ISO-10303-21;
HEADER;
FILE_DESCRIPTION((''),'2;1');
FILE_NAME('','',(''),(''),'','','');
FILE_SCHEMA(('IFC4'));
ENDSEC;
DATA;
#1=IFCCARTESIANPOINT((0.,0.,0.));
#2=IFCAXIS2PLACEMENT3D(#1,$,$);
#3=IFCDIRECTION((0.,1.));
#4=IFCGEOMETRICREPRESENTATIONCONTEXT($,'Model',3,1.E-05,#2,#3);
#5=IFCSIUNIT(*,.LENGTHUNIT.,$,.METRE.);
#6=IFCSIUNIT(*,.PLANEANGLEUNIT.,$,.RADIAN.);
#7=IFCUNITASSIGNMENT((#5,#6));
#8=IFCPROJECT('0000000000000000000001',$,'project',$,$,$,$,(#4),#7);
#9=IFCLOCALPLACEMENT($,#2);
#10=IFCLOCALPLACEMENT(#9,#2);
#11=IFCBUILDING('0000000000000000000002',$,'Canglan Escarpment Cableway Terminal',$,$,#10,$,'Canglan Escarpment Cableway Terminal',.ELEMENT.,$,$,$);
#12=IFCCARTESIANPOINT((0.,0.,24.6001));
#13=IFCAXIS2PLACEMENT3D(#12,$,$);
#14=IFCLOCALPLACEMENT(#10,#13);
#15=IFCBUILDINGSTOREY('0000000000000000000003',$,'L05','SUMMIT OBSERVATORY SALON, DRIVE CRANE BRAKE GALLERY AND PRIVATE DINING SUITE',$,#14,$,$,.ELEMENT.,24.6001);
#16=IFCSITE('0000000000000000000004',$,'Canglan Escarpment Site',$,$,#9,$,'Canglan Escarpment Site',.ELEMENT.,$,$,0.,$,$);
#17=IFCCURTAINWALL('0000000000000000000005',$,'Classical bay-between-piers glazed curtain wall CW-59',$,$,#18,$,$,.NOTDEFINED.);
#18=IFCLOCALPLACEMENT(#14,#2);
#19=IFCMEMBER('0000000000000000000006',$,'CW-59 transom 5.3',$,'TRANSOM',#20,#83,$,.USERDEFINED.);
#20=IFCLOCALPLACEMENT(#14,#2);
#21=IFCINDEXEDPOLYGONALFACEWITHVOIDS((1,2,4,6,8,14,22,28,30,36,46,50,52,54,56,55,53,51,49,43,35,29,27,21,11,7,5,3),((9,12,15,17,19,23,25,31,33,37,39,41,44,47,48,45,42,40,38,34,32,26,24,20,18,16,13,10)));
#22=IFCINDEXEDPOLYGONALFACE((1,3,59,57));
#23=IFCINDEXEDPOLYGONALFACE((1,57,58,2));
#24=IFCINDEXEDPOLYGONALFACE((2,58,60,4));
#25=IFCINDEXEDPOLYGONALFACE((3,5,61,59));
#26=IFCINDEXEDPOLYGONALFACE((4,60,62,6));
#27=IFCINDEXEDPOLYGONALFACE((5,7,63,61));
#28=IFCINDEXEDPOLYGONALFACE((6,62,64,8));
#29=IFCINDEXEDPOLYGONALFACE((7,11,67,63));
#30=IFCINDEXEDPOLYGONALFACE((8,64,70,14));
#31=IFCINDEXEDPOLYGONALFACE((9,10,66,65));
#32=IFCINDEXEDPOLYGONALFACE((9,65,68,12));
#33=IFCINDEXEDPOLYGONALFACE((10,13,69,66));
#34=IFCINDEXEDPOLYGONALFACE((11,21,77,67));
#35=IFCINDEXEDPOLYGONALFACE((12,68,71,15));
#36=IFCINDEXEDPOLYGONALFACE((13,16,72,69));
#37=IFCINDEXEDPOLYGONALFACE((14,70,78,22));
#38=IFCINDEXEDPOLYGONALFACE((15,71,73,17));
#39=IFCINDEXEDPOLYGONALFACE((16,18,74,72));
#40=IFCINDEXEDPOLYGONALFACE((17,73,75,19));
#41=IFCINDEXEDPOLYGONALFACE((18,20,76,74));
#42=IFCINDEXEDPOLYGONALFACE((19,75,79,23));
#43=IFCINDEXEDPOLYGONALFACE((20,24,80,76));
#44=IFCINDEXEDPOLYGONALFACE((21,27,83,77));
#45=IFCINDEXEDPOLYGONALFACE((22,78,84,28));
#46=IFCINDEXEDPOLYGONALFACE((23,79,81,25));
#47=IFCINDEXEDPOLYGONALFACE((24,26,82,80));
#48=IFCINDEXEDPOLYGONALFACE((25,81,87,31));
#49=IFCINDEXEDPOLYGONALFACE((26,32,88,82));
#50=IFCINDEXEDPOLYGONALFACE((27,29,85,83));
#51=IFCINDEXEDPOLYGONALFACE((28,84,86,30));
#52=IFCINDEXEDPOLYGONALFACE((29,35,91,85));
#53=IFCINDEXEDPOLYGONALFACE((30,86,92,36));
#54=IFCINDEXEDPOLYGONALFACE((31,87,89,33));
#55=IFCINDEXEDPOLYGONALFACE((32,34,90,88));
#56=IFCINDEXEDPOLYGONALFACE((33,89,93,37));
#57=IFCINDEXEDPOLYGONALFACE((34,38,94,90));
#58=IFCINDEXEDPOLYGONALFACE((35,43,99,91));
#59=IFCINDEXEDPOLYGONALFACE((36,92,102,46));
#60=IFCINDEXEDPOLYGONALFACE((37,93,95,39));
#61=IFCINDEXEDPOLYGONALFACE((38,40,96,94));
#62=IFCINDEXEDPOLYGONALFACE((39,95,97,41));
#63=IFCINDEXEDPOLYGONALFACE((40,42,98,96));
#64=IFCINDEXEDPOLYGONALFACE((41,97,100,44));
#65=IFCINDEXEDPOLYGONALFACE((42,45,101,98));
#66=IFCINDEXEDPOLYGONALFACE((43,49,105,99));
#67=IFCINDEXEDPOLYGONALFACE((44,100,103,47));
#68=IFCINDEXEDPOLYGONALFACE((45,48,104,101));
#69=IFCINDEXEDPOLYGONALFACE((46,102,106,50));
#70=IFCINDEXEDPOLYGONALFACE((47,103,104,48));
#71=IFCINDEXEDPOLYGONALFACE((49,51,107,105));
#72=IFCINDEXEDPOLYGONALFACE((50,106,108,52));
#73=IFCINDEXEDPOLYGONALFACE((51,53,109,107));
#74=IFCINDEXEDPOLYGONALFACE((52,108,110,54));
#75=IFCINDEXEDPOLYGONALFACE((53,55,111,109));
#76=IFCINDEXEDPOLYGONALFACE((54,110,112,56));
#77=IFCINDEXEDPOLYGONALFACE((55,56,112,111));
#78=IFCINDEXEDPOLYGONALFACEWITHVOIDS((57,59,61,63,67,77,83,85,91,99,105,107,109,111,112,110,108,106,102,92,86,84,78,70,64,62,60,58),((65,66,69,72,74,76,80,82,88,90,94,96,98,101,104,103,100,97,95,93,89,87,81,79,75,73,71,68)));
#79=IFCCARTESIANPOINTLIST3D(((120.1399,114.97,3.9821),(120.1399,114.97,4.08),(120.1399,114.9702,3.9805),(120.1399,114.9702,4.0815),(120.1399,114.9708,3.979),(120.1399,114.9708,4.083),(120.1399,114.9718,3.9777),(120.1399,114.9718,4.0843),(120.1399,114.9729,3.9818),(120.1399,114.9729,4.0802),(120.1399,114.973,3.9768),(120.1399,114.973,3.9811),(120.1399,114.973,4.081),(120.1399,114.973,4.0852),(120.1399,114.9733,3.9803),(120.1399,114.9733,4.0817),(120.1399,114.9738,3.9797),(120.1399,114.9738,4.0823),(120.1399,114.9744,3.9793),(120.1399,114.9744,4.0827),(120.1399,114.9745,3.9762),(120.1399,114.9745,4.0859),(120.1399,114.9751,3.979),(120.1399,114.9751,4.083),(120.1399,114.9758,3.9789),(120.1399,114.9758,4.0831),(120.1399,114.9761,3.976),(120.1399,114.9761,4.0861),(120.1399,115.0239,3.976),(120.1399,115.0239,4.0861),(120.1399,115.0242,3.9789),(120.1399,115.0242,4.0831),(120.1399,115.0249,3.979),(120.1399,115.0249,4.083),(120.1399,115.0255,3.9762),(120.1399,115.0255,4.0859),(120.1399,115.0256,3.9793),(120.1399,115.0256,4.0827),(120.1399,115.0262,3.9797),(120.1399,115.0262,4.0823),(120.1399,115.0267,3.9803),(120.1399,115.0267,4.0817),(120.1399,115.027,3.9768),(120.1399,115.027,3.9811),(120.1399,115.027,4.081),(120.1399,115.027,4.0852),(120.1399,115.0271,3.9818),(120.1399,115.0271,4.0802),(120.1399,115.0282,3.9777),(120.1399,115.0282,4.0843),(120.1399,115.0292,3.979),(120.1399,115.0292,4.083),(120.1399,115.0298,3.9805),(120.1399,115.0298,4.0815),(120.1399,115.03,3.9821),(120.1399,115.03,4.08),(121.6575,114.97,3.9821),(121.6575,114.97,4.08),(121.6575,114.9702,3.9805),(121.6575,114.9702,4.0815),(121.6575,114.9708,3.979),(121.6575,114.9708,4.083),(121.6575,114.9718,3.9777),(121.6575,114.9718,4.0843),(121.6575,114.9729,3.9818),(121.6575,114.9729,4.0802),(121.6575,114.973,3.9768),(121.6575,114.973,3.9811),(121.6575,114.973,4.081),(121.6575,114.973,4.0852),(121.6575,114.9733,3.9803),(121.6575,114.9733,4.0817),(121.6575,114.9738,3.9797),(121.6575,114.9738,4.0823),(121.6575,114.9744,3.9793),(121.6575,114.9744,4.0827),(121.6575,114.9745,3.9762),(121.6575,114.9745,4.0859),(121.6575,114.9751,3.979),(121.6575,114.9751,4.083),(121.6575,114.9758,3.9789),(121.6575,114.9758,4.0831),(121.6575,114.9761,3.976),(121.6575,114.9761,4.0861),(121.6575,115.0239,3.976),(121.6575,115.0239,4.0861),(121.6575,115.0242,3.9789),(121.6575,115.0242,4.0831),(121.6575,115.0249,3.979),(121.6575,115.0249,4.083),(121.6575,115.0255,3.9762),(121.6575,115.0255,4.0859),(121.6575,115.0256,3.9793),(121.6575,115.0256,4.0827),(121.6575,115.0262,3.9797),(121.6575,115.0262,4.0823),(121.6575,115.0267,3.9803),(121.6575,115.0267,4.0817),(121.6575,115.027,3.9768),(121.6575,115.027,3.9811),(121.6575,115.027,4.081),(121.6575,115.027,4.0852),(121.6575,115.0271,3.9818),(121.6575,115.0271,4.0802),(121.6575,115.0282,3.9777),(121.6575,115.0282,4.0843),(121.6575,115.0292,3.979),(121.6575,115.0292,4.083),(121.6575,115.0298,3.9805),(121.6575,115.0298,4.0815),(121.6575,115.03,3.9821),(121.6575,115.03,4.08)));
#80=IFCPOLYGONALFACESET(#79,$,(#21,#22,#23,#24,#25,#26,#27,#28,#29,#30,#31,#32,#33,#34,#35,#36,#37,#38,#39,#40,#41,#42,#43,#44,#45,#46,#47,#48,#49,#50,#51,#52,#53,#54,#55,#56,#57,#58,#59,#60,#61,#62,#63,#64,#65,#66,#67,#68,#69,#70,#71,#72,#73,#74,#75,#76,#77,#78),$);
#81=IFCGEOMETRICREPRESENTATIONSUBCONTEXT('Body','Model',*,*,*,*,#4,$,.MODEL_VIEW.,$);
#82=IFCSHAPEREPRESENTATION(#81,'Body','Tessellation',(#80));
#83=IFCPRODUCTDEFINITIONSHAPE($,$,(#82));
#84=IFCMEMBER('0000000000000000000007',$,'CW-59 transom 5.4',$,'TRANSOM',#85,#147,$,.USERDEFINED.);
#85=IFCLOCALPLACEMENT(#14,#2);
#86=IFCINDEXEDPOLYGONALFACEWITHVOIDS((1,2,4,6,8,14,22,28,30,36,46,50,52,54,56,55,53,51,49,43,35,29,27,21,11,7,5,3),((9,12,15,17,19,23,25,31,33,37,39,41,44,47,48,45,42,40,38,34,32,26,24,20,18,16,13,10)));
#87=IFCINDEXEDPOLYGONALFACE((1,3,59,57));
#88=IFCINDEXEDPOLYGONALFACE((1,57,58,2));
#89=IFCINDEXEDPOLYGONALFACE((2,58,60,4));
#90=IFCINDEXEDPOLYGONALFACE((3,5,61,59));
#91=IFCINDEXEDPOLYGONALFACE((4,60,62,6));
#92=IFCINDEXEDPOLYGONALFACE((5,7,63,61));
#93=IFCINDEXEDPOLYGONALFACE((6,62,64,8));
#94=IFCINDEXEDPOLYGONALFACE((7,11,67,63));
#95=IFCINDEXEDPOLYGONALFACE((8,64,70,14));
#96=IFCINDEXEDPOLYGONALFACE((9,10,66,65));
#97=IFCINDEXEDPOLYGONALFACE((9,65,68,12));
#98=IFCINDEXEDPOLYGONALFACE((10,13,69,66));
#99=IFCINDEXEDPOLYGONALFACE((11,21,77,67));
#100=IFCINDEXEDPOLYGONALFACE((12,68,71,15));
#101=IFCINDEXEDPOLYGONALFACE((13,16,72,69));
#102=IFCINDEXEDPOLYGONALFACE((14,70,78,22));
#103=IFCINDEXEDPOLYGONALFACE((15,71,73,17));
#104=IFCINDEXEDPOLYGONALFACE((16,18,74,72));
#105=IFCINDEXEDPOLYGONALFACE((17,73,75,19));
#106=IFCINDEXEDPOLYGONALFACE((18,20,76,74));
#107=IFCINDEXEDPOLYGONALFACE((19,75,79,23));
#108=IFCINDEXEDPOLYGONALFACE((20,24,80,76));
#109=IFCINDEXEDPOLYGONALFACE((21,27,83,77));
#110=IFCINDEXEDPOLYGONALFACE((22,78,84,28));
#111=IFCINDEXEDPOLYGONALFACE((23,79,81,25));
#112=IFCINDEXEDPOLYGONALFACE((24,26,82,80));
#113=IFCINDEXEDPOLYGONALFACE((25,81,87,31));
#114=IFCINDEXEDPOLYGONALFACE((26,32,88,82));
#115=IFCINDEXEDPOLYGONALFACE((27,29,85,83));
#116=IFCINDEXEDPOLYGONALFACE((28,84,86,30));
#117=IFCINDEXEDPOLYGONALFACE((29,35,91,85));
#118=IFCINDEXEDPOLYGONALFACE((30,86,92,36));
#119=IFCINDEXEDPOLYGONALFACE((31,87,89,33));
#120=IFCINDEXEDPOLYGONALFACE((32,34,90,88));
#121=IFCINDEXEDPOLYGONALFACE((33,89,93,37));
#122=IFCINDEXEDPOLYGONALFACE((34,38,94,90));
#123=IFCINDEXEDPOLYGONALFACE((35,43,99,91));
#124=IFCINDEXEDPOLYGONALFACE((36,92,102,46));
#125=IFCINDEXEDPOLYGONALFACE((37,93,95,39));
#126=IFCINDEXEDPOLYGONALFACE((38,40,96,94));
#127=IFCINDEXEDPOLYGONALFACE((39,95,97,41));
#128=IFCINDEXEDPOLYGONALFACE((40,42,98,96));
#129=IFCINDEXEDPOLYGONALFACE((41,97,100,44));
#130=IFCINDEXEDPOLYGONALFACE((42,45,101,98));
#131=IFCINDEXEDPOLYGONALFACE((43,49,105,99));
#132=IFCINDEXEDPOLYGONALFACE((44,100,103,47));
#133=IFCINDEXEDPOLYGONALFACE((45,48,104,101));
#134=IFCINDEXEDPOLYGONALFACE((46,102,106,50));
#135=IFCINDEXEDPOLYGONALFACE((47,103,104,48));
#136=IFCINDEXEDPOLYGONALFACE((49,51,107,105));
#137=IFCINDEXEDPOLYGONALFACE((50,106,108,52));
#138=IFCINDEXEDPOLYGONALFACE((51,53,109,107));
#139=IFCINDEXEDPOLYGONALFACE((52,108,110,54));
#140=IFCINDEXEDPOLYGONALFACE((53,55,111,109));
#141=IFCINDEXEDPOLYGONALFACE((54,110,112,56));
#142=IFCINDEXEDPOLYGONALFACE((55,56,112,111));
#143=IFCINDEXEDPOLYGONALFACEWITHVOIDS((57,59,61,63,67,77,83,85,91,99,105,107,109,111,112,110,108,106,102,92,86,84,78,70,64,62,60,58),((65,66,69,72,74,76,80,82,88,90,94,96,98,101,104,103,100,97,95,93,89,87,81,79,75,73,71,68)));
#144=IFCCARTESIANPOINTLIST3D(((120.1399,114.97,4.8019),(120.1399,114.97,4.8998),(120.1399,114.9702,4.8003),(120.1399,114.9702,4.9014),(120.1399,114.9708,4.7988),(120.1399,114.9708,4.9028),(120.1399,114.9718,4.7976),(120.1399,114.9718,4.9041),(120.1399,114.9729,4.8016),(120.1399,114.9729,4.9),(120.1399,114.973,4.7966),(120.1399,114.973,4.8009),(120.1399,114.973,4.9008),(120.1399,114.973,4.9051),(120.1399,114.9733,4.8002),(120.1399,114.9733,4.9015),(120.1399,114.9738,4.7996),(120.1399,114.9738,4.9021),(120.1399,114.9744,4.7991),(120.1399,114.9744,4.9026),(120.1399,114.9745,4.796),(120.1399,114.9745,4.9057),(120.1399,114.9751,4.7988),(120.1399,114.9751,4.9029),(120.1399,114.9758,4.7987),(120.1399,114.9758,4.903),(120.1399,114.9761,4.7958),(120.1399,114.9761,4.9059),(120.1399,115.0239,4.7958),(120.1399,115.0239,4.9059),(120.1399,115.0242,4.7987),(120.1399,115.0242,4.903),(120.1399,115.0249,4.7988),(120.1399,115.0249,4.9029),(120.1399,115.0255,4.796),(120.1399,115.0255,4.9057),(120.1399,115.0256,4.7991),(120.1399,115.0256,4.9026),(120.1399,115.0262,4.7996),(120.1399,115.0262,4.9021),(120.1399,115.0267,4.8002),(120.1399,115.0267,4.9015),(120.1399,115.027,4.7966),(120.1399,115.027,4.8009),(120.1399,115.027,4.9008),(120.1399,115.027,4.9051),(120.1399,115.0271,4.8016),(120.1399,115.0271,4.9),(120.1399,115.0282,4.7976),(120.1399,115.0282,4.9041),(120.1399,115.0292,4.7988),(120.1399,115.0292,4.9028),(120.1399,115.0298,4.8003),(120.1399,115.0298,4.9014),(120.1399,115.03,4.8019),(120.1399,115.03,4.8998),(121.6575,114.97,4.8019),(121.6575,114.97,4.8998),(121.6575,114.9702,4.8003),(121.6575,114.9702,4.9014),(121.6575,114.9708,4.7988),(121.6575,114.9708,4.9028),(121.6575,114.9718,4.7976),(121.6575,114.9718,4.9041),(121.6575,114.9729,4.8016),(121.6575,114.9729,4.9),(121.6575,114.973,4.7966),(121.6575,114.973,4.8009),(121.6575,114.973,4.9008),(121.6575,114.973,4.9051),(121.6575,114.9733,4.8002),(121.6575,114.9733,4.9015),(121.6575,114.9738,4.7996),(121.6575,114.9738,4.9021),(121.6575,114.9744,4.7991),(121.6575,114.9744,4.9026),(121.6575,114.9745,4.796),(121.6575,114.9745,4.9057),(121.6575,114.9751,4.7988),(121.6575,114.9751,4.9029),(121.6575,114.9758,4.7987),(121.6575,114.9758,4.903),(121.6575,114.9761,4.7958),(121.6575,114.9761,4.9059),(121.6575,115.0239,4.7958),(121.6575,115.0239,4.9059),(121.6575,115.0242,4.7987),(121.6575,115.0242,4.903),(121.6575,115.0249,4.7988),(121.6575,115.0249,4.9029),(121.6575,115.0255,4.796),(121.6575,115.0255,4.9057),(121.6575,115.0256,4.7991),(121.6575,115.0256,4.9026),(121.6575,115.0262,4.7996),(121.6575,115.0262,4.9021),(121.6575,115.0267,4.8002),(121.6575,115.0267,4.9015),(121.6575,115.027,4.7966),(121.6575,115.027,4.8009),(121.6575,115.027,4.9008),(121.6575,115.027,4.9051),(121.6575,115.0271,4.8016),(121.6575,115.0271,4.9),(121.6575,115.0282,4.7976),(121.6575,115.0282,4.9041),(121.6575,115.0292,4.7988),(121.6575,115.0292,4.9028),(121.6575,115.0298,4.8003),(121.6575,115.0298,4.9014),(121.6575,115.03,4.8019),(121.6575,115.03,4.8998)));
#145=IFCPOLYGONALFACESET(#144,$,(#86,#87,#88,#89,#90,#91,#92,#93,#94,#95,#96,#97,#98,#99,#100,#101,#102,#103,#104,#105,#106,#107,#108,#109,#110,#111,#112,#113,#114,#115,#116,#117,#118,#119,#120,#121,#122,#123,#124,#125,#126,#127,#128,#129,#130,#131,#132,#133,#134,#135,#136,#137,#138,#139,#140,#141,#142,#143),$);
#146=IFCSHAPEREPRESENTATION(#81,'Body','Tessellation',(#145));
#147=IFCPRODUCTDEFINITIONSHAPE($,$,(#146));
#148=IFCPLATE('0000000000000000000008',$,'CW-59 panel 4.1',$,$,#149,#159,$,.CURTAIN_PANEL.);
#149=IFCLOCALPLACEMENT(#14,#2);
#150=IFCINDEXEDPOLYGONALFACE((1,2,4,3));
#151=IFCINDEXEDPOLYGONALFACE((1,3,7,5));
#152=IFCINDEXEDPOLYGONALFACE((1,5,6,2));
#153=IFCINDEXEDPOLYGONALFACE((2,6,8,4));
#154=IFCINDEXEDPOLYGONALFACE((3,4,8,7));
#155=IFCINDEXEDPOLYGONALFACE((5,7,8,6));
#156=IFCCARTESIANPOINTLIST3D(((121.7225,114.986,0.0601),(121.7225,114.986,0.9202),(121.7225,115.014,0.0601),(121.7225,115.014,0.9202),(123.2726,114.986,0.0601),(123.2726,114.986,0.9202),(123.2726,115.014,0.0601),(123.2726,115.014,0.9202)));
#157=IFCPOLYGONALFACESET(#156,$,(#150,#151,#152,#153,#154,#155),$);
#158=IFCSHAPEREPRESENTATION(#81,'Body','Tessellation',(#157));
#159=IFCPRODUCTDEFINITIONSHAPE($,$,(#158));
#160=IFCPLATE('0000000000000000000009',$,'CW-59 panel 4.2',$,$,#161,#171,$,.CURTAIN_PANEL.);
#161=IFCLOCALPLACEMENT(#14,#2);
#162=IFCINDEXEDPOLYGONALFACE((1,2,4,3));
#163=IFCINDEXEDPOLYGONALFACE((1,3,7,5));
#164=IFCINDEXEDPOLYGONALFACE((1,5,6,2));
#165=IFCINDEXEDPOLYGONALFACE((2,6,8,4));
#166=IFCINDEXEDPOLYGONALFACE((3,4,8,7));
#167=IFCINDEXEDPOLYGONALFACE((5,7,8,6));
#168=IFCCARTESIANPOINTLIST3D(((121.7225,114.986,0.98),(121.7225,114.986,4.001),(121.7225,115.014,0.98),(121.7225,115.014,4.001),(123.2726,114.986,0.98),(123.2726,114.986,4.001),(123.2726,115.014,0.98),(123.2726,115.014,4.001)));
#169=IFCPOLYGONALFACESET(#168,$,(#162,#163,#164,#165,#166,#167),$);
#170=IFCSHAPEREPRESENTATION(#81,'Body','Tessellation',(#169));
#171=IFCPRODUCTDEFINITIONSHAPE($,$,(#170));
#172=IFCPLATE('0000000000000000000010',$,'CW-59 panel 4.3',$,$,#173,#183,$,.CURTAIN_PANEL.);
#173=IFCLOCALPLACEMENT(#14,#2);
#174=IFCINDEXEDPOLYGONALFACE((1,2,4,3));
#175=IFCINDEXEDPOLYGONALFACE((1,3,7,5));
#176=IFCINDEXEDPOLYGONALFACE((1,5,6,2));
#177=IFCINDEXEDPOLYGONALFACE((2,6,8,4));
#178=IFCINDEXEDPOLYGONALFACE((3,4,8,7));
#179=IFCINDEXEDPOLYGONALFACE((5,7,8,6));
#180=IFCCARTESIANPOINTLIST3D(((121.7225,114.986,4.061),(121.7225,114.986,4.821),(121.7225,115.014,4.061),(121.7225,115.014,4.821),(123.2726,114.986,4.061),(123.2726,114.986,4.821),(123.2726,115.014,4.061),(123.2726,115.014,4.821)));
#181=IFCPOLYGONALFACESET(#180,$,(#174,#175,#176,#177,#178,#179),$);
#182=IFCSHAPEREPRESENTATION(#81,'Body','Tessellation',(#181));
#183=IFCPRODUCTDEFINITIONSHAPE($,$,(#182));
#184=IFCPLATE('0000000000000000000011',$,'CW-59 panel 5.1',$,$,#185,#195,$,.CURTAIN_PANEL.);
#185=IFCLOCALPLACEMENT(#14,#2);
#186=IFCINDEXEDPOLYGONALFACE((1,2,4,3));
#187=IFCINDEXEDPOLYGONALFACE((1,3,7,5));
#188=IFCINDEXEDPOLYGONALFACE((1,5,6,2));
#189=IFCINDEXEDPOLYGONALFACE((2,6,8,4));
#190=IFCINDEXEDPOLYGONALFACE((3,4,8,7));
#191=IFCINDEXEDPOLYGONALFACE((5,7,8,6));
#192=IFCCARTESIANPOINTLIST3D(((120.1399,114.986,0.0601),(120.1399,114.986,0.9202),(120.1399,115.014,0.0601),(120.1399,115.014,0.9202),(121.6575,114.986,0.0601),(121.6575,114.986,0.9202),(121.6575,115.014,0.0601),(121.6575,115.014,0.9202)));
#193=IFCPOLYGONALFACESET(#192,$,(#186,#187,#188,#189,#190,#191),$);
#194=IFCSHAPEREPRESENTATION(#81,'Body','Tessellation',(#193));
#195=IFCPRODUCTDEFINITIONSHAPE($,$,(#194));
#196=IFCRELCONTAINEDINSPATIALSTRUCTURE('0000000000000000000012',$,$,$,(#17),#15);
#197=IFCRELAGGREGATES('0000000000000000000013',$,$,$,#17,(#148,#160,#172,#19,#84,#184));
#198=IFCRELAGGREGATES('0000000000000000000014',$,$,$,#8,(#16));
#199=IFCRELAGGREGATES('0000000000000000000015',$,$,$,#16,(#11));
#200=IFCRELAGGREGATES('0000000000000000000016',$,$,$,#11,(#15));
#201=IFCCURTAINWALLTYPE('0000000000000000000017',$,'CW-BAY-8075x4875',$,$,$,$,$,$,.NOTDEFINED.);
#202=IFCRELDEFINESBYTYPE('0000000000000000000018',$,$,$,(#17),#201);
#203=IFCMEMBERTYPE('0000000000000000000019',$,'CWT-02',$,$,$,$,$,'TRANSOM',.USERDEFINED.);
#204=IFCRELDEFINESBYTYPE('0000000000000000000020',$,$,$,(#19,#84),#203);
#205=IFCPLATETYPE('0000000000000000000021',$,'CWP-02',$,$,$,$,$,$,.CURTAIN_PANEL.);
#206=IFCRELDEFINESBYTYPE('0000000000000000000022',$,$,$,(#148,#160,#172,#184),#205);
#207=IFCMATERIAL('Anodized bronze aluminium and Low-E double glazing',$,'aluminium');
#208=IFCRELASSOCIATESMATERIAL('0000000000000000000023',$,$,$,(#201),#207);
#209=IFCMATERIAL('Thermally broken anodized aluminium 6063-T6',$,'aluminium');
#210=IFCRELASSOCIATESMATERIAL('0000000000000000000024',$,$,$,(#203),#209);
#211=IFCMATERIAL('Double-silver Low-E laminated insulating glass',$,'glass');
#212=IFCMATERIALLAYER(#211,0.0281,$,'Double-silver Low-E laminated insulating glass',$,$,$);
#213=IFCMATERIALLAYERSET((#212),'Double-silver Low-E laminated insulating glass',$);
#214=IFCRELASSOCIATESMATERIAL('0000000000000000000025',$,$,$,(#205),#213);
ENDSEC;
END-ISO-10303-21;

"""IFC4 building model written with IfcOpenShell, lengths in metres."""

from ifc_helpers import new_model, si_unit, direction, frame, origin, origin_2d, place, context, subcontext, project, spatial, rectangle, hollow_rectangle, extrude, material, layer, layer_set, material_profile, profile_set, type_object, element, aggregate, save


model = new_model("IFC4")

# Units and contexts
model_context = context("Model", 3, precision=1e-05, world=origin(), true_north=direction((0.0, 1.0)))
body_context = subcontext(model_context, "Body", "Model", "MODEL_VIEW")
ifc_project = project(units=[si_unit("LENGTHUNIT", "METRE"), si_unit("PLANEANGLEUNIT", "RADIAN")], contexts=[model_context])

# Site, building, storey
site_placement = place(None, origin())
site = spatial("IfcSite", under=ifc_project, at=site_placement, Name="Canglan Escarpment Site", LongName="Canglan Escarpment Site", CompositionType="ELEMENT", RefElevation=0.0)
building_placement = place(site_placement, origin())
building = spatial("IfcBuilding", under=site, at=building_placement, Name="Canglan Escarpment Cableway Terminal", LongName="Canglan Escarpment Cableway Terminal", CompositionType="ELEMENT")
storey_placement = place(building_placement, frame((0.0, 0.0, 24.6001)))
storey = spatial("IfcBuildingStorey", under=building, at=storey_placement, Name="L05", Description="SUMMIT OBSERVATORY SALON, DRIVE CRANE BRAKE GALLERY AND PRIVATE DINING SUITE", CompositionType="ELEMENT", Elevation=24.6001)

# Curtain wall
ifc_material_1 = material(Name="Anodized bronze aluminium and Low-E double glazing", Category="aluminium")
ifc_material_2 = material(Name="Thermally broken anodized aluminium 6063-T6", Category="aluminium")
curtain_wall_type_1 = type_object("IfcCurtainWallType", Name="CW-BAY-8075x4875", PredefinedType="NOTDEFINED", material=ifc_material_1)
curtain_wall_1_placement = place(storey_placement, origin())
curtain_wall_1 = element("IfcCurtainWall", 1, at=curtain_wall_1_placement, inside=storey, type_object=curtain_wall_type_1, Name="Classical bay-between-piers glazed curtain wall CW-59", PredefinedType="NOTDEFINED")

# Members
ifc_material_profile_1 = material_profile(ifc_material_2, hollow_rectangle(XDim=0.0601, YDim=0.1101, WallThickness=0.0029, InnerFilletRadius=0.0029, OuterFilletRadius=0.0061, at=origin_2d()), Name="ALU-TRAN 60x110x3")
ifc_profile_set_1 = profile_set([ifc_material_profile_1], Name="Thermally broken anodized aluminium 6063-T6")
member_type_1 = type_object("IfcMemberType", Name="CWT-02", ElementType="TRANSOM", PredefinedType="USERDEFINED", material=ifc_profile_set_1)
member_1_placement = place(storey_placement, frame((121.6575, 115.0, 4.031), z_axis=(-1.0, 0.0, 0.0), x_axis=(0.0, -1.0, 0.0)))
member_1 = element("IfcMember", 2, at=member_1_placement, type_object=member_type_1, Name="CW-59 transom 5.3", ObjectType="TRANSOM", PredefinedType="USERDEFINED", context=body_context, shape_type="SweptSolid", body=[
    extrude(hollow_rectangle(XDim=0.0601, YDim=0.1101, WallThickness=0.0029, InnerFilletRadius=0.0029, OuterFilletRadius=0.0061, at=origin_2d()), origin(), (0.0, 0.0, 1.0), 1.5176),
])
member_2_placement = place(storey_placement, frame((121.6575, 115.0, 4.8508), z_axis=(-1.0, 0.0, 0.0), x_axis=(0.0, -1.0, 0.0)))
member_2 = element("IfcMember", 3, at=member_2_placement, type_object=member_type_1, Name="CW-59 transom 5.4", ObjectType="TRANSOM", PredefinedType="USERDEFINED", context=body_context, shape_type="SweptSolid", body=[
    extrude(hollow_rectangle(XDim=0.0601, YDim=0.1101, WallThickness=0.0029, InnerFilletRadius=0.0029, OuterFilletRadius=0.0061, at=origin_2d()), origin(), (0.0, 0.0, 1.0), 1.5176),
])

# Plates
ifc_material_3 = material(Name="Double-silver Low-E laminated insulating glass", Category="glass")
ifc_layer_1 = layer(ifc_material_3, 0.0281, Name="Double-silver Low-E laminated insulating glass")
ifc_layer_set_1 = layer_set([ifc_layer_1], Name="Double-silver Low-E laminated insulating glass")
plate_type_1 = type_object("IfcPlateType", Name="CWP-02", PredefinedType="CURTAIN_PANEL", material=ifc_layer_set_1)
plate_1_placement = place(storey_placement, frame((122.4976, 115.0, 0.0601), z_axis=(0.0, 0.0, 1.0), x_axis=(-1.0, 0.0, 0.0)))
plate_1 = element("IfcPlate", 4, at=plate_1_placement, type_object=plate_type_1, Name="CW-59 panel 4.1", PredefinedType="CURTAIN_PANEL", context=body_context, shape_type="SweptSolid", body=[
    extrude(rectangle(XDim=1.55, YDim=0.0281, at=origin_2d()), origin(), (0.0, 0.0, 1.0), 0.8601),
])
plate_2_placement = place(storey_placement, frame((122.4976, 115.0, 0.98), z_axis=(0.0, 0.0, 1.0), x_axis=(-1.0, 0.0, 0.0)))
plate_2 = element("IfcPlate", 5, at=plate_2_placement, type_object=plate_type_1, Name="CW-59 panel 4.2", PredefinedType="CURTAIN_PANEL", context=body_context, shape_type="SweptSolid", body=[
    extrude(rectangle(XDim=1.55, YDim=0.0281, at=origin_2d()), origin(), (0.0, 0.0, 1.0), 3.021),
])
plate_3_placement = place(storey_placement, frame((122.4976, 115.0, 4.061), z_axis=(0.0, 0.0, 1.0), x_axis=(-1.0, 0.0, 0.0)))
plate_3 = element("IfcPlate", 6, at=plate_3_placement, type_object=plate_type_1, Name="CW-59 panel 4.3", PredefinedType="CURTAIN_PANEL", context=body_context, shape_type="SweptSolid", body=[
    extrude(rectangle(XDim=1.55, YDim=0.0281, at=origin_2d()), origin(), (0.0, 0.0, 1.0), 0.76),
])
plate_4_placement = place(storey_placement, frame((120.8987, 115.0, 0.0601), z_axis=(0.0, 0.0, 1.0), x_axis=(-1.0, 0.0, 0.0)))
plate_4 = element("IfcPlate", 7, at=plate_4_placement, type_object=plate_type_1, Name="CW-59 panel 5.1", PredefinedType="CURTAIN_PANEL", context=body_context, shape_type="SweptSolid", body=[
    extrude(rectangle(XDim=1.5176, YDim=0.0281, at=origin_2d()), origin(), (0.0, 0.0, 1.0), 0.8601),
])
aggregate(curtain_wall_1, [plate_1, plate_2, plate_3, member_1, member_2, plate_4])

save(model, "model.ifc")
